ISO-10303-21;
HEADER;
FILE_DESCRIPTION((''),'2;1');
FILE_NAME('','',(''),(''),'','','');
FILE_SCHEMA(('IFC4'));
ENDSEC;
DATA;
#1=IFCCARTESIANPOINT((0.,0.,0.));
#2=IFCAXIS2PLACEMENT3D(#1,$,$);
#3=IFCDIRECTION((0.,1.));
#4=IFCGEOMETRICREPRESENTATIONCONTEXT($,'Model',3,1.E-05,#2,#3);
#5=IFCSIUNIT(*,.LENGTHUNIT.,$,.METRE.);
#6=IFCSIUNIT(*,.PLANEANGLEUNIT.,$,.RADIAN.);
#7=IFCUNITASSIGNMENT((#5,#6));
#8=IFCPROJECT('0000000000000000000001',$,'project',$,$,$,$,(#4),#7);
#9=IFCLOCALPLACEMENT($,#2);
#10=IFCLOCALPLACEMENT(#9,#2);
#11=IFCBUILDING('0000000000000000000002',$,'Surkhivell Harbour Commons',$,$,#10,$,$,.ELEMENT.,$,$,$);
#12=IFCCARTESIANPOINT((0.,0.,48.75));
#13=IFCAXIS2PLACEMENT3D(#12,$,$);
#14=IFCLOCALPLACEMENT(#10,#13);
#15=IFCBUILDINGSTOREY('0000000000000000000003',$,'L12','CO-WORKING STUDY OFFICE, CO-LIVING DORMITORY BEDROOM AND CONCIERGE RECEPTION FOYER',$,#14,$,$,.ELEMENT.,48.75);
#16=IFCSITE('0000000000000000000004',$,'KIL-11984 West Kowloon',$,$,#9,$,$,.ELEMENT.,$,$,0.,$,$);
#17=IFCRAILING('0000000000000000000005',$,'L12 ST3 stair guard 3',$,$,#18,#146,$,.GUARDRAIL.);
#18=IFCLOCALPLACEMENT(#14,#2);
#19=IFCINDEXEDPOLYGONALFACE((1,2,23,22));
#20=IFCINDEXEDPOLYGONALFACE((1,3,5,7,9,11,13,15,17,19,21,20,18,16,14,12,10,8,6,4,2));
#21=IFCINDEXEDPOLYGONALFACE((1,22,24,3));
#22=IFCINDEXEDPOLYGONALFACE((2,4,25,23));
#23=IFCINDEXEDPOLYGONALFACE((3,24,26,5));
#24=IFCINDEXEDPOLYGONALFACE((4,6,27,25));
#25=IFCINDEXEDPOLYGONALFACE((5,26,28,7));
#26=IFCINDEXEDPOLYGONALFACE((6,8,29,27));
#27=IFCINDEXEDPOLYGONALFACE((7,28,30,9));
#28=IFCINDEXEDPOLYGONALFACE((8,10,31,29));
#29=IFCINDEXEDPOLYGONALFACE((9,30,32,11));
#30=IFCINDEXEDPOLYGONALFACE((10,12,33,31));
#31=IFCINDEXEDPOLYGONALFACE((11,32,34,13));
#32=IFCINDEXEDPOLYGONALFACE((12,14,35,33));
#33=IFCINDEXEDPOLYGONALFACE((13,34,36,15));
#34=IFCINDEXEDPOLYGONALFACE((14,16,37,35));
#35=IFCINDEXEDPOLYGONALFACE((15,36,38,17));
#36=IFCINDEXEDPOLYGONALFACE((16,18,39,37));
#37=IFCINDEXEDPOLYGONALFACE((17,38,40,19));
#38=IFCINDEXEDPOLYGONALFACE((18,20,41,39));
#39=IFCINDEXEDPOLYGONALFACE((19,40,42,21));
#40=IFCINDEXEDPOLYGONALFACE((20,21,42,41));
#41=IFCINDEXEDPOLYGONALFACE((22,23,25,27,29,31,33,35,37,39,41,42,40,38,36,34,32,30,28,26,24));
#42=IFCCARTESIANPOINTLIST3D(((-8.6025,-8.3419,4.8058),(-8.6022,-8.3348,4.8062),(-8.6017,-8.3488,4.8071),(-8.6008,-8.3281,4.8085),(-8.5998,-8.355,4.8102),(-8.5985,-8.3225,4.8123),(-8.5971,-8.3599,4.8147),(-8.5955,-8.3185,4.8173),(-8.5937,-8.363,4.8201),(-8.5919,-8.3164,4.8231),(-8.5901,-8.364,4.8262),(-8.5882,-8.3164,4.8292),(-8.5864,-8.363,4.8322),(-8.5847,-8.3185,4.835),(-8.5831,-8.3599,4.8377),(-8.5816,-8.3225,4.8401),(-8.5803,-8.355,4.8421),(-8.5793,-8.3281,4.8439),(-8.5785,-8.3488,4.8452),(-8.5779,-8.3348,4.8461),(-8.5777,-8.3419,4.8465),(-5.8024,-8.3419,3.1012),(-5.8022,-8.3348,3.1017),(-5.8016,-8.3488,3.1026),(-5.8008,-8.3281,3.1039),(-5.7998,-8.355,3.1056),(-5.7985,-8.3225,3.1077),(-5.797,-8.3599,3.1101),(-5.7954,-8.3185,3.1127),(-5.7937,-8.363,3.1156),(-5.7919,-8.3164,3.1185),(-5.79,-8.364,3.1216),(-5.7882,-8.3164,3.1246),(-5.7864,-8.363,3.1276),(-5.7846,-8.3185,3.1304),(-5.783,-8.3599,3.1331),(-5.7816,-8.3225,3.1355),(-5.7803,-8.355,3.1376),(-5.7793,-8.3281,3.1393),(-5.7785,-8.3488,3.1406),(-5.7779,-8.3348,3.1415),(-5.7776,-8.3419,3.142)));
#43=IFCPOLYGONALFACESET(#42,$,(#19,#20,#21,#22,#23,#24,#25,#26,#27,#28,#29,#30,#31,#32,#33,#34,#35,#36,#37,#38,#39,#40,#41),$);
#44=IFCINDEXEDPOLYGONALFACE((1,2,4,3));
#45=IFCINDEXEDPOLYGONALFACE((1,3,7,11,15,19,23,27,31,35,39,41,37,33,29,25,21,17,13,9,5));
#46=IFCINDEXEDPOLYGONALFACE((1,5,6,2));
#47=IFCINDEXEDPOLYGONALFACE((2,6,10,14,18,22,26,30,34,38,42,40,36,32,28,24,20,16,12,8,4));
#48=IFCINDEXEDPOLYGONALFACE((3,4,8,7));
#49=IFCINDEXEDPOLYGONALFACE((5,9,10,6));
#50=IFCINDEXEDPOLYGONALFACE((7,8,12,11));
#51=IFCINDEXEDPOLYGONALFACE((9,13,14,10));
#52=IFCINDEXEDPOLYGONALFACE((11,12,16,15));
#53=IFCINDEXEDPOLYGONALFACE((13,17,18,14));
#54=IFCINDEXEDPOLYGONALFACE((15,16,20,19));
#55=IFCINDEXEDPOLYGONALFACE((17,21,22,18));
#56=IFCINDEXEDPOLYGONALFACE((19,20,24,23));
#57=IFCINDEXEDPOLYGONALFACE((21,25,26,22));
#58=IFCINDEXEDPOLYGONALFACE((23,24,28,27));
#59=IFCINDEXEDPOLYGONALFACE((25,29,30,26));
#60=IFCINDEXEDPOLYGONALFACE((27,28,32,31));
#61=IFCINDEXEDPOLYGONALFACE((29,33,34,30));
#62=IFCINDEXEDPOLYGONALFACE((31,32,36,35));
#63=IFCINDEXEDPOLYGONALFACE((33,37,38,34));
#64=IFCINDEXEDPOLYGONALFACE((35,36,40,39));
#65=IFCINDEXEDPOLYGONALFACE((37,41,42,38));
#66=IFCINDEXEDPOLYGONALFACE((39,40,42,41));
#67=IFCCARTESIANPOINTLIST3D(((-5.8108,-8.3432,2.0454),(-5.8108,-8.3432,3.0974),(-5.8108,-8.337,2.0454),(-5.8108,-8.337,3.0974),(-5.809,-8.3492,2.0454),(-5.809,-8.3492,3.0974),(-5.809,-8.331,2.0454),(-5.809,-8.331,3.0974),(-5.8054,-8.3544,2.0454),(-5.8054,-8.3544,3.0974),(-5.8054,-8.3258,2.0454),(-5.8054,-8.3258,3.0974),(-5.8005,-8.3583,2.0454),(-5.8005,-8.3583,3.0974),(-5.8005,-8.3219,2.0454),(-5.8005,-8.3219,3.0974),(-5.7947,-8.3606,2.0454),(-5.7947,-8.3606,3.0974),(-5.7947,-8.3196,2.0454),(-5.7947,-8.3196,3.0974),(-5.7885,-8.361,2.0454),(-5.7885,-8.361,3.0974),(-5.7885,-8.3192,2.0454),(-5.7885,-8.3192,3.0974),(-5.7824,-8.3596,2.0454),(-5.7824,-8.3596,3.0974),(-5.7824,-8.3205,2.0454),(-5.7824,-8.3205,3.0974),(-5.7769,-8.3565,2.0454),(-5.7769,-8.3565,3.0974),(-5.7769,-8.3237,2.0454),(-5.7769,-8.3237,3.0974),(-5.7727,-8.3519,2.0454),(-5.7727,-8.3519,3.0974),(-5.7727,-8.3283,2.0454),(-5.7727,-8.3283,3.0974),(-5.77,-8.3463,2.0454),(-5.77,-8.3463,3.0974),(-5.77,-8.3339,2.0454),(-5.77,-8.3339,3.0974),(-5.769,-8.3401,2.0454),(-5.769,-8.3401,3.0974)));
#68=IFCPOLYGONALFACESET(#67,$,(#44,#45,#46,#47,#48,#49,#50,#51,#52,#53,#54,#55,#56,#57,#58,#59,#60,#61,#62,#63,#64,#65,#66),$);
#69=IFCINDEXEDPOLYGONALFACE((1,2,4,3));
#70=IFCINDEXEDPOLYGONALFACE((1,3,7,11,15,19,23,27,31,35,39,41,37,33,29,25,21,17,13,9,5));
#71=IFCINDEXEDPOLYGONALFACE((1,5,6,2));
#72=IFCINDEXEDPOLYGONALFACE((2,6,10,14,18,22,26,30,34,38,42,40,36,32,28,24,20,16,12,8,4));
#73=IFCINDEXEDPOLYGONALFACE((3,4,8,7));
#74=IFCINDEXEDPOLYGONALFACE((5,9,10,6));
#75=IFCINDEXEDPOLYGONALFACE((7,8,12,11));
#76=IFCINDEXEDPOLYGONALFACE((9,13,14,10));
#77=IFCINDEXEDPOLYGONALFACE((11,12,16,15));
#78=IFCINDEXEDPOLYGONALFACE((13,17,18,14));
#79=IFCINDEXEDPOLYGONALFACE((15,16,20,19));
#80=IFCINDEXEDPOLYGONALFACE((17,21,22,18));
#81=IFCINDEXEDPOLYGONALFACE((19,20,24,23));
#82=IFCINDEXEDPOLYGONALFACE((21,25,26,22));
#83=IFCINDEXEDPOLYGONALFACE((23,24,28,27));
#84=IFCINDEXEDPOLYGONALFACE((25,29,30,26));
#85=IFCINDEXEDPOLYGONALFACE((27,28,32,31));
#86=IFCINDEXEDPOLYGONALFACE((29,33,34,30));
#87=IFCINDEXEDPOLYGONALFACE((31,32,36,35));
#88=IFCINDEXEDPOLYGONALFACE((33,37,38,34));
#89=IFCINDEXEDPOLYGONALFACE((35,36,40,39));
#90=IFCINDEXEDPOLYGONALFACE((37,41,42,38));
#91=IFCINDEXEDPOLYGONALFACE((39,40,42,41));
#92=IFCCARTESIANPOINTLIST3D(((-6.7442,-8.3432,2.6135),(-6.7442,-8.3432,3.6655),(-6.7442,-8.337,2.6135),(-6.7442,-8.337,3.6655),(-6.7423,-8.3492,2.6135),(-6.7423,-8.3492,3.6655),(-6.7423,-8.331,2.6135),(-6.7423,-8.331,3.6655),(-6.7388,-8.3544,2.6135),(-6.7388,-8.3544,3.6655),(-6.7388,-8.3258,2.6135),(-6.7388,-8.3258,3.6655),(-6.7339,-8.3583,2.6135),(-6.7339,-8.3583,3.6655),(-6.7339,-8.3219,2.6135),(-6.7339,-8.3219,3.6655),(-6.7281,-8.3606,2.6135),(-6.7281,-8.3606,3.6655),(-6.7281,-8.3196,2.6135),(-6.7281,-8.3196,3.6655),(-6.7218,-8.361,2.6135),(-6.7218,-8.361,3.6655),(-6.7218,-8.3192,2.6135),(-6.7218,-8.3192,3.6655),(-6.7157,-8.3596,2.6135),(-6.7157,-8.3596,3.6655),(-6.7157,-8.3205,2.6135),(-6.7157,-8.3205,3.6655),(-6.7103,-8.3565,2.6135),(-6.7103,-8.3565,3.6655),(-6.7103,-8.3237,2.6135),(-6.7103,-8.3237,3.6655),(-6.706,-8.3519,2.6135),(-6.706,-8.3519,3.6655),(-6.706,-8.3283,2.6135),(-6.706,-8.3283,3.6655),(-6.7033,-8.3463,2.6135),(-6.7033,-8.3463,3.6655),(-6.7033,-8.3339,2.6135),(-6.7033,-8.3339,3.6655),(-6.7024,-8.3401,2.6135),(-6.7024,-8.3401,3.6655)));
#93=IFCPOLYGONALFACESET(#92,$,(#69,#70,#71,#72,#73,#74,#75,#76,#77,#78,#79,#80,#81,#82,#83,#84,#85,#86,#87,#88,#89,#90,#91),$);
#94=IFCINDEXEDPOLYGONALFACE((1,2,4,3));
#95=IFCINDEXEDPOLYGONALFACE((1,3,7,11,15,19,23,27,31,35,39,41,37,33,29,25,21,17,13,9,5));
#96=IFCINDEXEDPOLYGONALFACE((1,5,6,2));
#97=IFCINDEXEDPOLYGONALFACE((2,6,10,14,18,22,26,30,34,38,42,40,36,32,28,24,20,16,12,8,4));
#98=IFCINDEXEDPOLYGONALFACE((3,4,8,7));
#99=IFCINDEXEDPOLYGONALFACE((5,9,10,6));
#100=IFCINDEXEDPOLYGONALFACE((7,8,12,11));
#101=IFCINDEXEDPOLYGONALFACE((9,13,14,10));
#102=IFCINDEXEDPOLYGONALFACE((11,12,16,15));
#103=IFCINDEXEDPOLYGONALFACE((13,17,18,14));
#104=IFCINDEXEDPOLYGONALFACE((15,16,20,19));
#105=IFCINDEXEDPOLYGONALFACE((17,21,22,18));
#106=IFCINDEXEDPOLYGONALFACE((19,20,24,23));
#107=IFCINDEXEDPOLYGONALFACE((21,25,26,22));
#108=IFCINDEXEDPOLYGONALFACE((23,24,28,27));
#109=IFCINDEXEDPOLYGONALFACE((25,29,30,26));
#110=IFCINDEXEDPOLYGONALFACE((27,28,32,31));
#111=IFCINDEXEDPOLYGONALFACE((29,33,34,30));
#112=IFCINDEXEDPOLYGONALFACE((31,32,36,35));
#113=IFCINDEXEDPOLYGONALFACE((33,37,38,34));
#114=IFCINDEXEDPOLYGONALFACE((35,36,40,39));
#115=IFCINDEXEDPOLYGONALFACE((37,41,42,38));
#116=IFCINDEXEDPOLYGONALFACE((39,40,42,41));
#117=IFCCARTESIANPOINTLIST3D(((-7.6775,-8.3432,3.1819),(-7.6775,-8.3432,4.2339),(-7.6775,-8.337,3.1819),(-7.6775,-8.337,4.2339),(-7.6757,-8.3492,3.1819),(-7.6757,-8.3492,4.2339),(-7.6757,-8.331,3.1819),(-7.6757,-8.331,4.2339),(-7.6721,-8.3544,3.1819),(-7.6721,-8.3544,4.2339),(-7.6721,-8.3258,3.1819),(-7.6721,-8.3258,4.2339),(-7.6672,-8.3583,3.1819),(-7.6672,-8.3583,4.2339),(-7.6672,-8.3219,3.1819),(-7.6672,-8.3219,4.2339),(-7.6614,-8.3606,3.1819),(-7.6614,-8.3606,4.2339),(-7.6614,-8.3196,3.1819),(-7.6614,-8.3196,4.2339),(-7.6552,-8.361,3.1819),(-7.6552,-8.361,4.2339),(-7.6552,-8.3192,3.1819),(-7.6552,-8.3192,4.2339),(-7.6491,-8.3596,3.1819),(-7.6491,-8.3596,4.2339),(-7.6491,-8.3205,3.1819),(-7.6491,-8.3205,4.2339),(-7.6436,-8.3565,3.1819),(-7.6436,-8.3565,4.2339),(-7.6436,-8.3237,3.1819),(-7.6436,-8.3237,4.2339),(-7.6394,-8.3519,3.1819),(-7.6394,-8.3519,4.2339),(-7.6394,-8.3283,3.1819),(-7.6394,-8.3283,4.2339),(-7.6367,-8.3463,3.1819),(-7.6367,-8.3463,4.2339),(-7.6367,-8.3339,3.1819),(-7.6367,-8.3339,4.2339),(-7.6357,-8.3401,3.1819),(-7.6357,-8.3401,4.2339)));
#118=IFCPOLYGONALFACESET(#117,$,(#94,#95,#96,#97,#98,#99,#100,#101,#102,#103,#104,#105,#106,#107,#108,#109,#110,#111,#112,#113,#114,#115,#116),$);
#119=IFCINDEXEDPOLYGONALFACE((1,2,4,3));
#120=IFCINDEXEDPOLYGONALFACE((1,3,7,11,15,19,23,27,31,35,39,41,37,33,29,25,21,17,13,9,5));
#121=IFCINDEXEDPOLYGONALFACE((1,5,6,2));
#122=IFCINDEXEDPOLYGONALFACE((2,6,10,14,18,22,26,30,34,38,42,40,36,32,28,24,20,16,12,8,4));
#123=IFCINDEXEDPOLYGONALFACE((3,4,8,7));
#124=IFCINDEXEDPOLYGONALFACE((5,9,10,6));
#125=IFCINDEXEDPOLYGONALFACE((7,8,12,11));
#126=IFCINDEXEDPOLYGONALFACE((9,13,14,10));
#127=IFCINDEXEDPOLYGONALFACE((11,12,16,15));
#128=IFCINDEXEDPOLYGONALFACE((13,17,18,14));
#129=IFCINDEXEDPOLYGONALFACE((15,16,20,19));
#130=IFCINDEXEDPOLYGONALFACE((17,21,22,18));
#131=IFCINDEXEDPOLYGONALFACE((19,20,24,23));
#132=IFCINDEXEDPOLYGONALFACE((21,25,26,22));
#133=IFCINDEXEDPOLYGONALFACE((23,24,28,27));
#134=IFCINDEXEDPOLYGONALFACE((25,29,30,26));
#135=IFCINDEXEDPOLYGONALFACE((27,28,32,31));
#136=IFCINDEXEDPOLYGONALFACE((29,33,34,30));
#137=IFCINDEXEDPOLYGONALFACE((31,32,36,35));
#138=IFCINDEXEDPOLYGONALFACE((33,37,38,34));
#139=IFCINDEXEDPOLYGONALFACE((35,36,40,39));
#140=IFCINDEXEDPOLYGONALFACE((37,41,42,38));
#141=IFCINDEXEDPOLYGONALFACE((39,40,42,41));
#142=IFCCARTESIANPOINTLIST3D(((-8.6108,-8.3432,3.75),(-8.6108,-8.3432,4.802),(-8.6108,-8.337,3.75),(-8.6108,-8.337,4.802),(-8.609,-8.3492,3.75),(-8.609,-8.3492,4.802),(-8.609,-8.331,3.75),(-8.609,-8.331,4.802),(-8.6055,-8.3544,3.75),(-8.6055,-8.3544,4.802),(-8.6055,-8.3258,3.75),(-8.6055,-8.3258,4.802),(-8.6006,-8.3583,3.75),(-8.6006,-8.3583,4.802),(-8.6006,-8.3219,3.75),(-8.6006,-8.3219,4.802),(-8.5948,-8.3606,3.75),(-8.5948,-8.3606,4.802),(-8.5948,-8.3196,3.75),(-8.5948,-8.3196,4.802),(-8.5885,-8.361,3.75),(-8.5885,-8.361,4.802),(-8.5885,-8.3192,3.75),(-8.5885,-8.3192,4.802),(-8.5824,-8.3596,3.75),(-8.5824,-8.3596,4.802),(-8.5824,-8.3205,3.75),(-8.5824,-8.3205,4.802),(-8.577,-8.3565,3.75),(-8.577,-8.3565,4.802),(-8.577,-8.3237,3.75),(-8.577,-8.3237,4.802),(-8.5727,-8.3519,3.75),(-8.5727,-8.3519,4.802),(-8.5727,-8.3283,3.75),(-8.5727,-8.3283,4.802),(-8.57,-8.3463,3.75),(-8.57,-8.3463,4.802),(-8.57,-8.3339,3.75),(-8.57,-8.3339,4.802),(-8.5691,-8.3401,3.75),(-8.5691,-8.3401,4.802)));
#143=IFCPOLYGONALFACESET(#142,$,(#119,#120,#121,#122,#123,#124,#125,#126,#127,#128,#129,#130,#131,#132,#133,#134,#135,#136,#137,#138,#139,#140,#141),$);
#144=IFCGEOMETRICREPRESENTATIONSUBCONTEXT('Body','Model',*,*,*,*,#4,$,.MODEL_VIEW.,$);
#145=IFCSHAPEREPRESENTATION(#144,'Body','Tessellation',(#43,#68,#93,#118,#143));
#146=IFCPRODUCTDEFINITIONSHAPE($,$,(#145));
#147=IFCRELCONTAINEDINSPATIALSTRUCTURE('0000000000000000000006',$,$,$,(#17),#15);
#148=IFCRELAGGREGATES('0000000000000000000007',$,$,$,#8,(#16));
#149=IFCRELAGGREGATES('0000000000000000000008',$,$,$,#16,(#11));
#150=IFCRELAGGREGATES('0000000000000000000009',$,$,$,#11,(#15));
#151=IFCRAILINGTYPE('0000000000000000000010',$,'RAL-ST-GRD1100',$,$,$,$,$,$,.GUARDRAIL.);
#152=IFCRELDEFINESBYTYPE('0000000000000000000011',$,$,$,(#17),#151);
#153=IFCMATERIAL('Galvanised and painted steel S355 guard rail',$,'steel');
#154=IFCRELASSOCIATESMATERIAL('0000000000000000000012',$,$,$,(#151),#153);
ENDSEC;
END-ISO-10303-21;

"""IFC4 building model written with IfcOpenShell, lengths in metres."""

from ifc_helpers import new_model, si_unit, direction, frame, origin, origin_2d, place, context, subcontext, project, spatial, circle, extrude, material, type_object, element, save


model = new_model("IFC4")

# Units and contexts
model_context = context("Model", 3, precision=1e-05, world=origin(), true_north=direction((0.0, 1.0)))
body_context = subcontext(model_context, "Body", "Model", "MODEL_VIEW")
ifc_project = project(units=[si_unit("LENGTHUNIT", "METRE"), si_unit("PLANEANGLEUNIT", "RADIAN")], contexts=[model_context])

# Site, building, storey
site_placement = place(None, origin())
site = spatial("IfcSite", under=ifc_project, at=site_placement, Name="KIL-11984 West Kowloon", CompositionType="ELEMENT", RefElevation=0.0)
building_placement = place(site_placement, origin())
building = spatial("IfcBuilding", under=site, at=building_placement, Name="Surkhivell Harbour Commons", CompositionType="ELEMENT")
storey_placement = place(building_placement, frame((0.0, 0.0, 48.75)))
storey = spatial("IfcBuildingStorey", under=building, at=storey_placement, Name="L12", Description="CO-WORKING STUDY OFFICE, CO-LIVING DORMITORY BEDROOM AND CONCIERGE RECEPTION FOYER", CompositionType="ELEMENT", Elevation=48.75)

# Railing
ifc_material_1 = material(Name="Galvanised and painted steel S355 guard rail", Category="steel")
railing_type_1 = type_object("IfcRailingType", Name="RAL-ST-GRD1100", PredefinedType="GUARDRAIL", material=ifc_material_1)
railing_1_placement = place(storey_placement, frame((-5.79, -8.3401, 2.0454)))
element("IfcRailing", 1, at=railing_1_placement, inside=storey, type_object=railing_type_1, Name="L12 ST3 stair guard 3", PredefinedType="GUARDRAIL", context=body_context, shape_type="SweptSolid", body=[
    extrude(circle(Radius=0.0239, at=origin_2d()), frame((0.0, 0.0, 1.0762), z_axis=(-0.85417, 0.0, 0.519994), x_axis=(0.0, -1.0, 0.0)), (0.0, 0.0, 1.0), 3.2781),
    extrude(circle(Radius=0.021, at=origin_2d()), origin(), (0.0, 0.0, 1.0), 1.052),
    extrude(circle(Radius=0.021, at=origin_2d()), frame((-0.9333, 0.0, 0.5681)), (0.0, 0.0, 1.0), 1.052),
    extrude(circle(Radius=0.021, at=origin_2d()), frame((-1.8667, 0.0, 1.1365)), (0.0, 0.0, 1.0), 1.052),
    extrude(circle(Radius=0.021, at=origin_2d()), frame((-2.8, 0.0, 1.7046)), (0.0, 0.0, 1.0), 1.052),
])

save(model, "model.ifc")
